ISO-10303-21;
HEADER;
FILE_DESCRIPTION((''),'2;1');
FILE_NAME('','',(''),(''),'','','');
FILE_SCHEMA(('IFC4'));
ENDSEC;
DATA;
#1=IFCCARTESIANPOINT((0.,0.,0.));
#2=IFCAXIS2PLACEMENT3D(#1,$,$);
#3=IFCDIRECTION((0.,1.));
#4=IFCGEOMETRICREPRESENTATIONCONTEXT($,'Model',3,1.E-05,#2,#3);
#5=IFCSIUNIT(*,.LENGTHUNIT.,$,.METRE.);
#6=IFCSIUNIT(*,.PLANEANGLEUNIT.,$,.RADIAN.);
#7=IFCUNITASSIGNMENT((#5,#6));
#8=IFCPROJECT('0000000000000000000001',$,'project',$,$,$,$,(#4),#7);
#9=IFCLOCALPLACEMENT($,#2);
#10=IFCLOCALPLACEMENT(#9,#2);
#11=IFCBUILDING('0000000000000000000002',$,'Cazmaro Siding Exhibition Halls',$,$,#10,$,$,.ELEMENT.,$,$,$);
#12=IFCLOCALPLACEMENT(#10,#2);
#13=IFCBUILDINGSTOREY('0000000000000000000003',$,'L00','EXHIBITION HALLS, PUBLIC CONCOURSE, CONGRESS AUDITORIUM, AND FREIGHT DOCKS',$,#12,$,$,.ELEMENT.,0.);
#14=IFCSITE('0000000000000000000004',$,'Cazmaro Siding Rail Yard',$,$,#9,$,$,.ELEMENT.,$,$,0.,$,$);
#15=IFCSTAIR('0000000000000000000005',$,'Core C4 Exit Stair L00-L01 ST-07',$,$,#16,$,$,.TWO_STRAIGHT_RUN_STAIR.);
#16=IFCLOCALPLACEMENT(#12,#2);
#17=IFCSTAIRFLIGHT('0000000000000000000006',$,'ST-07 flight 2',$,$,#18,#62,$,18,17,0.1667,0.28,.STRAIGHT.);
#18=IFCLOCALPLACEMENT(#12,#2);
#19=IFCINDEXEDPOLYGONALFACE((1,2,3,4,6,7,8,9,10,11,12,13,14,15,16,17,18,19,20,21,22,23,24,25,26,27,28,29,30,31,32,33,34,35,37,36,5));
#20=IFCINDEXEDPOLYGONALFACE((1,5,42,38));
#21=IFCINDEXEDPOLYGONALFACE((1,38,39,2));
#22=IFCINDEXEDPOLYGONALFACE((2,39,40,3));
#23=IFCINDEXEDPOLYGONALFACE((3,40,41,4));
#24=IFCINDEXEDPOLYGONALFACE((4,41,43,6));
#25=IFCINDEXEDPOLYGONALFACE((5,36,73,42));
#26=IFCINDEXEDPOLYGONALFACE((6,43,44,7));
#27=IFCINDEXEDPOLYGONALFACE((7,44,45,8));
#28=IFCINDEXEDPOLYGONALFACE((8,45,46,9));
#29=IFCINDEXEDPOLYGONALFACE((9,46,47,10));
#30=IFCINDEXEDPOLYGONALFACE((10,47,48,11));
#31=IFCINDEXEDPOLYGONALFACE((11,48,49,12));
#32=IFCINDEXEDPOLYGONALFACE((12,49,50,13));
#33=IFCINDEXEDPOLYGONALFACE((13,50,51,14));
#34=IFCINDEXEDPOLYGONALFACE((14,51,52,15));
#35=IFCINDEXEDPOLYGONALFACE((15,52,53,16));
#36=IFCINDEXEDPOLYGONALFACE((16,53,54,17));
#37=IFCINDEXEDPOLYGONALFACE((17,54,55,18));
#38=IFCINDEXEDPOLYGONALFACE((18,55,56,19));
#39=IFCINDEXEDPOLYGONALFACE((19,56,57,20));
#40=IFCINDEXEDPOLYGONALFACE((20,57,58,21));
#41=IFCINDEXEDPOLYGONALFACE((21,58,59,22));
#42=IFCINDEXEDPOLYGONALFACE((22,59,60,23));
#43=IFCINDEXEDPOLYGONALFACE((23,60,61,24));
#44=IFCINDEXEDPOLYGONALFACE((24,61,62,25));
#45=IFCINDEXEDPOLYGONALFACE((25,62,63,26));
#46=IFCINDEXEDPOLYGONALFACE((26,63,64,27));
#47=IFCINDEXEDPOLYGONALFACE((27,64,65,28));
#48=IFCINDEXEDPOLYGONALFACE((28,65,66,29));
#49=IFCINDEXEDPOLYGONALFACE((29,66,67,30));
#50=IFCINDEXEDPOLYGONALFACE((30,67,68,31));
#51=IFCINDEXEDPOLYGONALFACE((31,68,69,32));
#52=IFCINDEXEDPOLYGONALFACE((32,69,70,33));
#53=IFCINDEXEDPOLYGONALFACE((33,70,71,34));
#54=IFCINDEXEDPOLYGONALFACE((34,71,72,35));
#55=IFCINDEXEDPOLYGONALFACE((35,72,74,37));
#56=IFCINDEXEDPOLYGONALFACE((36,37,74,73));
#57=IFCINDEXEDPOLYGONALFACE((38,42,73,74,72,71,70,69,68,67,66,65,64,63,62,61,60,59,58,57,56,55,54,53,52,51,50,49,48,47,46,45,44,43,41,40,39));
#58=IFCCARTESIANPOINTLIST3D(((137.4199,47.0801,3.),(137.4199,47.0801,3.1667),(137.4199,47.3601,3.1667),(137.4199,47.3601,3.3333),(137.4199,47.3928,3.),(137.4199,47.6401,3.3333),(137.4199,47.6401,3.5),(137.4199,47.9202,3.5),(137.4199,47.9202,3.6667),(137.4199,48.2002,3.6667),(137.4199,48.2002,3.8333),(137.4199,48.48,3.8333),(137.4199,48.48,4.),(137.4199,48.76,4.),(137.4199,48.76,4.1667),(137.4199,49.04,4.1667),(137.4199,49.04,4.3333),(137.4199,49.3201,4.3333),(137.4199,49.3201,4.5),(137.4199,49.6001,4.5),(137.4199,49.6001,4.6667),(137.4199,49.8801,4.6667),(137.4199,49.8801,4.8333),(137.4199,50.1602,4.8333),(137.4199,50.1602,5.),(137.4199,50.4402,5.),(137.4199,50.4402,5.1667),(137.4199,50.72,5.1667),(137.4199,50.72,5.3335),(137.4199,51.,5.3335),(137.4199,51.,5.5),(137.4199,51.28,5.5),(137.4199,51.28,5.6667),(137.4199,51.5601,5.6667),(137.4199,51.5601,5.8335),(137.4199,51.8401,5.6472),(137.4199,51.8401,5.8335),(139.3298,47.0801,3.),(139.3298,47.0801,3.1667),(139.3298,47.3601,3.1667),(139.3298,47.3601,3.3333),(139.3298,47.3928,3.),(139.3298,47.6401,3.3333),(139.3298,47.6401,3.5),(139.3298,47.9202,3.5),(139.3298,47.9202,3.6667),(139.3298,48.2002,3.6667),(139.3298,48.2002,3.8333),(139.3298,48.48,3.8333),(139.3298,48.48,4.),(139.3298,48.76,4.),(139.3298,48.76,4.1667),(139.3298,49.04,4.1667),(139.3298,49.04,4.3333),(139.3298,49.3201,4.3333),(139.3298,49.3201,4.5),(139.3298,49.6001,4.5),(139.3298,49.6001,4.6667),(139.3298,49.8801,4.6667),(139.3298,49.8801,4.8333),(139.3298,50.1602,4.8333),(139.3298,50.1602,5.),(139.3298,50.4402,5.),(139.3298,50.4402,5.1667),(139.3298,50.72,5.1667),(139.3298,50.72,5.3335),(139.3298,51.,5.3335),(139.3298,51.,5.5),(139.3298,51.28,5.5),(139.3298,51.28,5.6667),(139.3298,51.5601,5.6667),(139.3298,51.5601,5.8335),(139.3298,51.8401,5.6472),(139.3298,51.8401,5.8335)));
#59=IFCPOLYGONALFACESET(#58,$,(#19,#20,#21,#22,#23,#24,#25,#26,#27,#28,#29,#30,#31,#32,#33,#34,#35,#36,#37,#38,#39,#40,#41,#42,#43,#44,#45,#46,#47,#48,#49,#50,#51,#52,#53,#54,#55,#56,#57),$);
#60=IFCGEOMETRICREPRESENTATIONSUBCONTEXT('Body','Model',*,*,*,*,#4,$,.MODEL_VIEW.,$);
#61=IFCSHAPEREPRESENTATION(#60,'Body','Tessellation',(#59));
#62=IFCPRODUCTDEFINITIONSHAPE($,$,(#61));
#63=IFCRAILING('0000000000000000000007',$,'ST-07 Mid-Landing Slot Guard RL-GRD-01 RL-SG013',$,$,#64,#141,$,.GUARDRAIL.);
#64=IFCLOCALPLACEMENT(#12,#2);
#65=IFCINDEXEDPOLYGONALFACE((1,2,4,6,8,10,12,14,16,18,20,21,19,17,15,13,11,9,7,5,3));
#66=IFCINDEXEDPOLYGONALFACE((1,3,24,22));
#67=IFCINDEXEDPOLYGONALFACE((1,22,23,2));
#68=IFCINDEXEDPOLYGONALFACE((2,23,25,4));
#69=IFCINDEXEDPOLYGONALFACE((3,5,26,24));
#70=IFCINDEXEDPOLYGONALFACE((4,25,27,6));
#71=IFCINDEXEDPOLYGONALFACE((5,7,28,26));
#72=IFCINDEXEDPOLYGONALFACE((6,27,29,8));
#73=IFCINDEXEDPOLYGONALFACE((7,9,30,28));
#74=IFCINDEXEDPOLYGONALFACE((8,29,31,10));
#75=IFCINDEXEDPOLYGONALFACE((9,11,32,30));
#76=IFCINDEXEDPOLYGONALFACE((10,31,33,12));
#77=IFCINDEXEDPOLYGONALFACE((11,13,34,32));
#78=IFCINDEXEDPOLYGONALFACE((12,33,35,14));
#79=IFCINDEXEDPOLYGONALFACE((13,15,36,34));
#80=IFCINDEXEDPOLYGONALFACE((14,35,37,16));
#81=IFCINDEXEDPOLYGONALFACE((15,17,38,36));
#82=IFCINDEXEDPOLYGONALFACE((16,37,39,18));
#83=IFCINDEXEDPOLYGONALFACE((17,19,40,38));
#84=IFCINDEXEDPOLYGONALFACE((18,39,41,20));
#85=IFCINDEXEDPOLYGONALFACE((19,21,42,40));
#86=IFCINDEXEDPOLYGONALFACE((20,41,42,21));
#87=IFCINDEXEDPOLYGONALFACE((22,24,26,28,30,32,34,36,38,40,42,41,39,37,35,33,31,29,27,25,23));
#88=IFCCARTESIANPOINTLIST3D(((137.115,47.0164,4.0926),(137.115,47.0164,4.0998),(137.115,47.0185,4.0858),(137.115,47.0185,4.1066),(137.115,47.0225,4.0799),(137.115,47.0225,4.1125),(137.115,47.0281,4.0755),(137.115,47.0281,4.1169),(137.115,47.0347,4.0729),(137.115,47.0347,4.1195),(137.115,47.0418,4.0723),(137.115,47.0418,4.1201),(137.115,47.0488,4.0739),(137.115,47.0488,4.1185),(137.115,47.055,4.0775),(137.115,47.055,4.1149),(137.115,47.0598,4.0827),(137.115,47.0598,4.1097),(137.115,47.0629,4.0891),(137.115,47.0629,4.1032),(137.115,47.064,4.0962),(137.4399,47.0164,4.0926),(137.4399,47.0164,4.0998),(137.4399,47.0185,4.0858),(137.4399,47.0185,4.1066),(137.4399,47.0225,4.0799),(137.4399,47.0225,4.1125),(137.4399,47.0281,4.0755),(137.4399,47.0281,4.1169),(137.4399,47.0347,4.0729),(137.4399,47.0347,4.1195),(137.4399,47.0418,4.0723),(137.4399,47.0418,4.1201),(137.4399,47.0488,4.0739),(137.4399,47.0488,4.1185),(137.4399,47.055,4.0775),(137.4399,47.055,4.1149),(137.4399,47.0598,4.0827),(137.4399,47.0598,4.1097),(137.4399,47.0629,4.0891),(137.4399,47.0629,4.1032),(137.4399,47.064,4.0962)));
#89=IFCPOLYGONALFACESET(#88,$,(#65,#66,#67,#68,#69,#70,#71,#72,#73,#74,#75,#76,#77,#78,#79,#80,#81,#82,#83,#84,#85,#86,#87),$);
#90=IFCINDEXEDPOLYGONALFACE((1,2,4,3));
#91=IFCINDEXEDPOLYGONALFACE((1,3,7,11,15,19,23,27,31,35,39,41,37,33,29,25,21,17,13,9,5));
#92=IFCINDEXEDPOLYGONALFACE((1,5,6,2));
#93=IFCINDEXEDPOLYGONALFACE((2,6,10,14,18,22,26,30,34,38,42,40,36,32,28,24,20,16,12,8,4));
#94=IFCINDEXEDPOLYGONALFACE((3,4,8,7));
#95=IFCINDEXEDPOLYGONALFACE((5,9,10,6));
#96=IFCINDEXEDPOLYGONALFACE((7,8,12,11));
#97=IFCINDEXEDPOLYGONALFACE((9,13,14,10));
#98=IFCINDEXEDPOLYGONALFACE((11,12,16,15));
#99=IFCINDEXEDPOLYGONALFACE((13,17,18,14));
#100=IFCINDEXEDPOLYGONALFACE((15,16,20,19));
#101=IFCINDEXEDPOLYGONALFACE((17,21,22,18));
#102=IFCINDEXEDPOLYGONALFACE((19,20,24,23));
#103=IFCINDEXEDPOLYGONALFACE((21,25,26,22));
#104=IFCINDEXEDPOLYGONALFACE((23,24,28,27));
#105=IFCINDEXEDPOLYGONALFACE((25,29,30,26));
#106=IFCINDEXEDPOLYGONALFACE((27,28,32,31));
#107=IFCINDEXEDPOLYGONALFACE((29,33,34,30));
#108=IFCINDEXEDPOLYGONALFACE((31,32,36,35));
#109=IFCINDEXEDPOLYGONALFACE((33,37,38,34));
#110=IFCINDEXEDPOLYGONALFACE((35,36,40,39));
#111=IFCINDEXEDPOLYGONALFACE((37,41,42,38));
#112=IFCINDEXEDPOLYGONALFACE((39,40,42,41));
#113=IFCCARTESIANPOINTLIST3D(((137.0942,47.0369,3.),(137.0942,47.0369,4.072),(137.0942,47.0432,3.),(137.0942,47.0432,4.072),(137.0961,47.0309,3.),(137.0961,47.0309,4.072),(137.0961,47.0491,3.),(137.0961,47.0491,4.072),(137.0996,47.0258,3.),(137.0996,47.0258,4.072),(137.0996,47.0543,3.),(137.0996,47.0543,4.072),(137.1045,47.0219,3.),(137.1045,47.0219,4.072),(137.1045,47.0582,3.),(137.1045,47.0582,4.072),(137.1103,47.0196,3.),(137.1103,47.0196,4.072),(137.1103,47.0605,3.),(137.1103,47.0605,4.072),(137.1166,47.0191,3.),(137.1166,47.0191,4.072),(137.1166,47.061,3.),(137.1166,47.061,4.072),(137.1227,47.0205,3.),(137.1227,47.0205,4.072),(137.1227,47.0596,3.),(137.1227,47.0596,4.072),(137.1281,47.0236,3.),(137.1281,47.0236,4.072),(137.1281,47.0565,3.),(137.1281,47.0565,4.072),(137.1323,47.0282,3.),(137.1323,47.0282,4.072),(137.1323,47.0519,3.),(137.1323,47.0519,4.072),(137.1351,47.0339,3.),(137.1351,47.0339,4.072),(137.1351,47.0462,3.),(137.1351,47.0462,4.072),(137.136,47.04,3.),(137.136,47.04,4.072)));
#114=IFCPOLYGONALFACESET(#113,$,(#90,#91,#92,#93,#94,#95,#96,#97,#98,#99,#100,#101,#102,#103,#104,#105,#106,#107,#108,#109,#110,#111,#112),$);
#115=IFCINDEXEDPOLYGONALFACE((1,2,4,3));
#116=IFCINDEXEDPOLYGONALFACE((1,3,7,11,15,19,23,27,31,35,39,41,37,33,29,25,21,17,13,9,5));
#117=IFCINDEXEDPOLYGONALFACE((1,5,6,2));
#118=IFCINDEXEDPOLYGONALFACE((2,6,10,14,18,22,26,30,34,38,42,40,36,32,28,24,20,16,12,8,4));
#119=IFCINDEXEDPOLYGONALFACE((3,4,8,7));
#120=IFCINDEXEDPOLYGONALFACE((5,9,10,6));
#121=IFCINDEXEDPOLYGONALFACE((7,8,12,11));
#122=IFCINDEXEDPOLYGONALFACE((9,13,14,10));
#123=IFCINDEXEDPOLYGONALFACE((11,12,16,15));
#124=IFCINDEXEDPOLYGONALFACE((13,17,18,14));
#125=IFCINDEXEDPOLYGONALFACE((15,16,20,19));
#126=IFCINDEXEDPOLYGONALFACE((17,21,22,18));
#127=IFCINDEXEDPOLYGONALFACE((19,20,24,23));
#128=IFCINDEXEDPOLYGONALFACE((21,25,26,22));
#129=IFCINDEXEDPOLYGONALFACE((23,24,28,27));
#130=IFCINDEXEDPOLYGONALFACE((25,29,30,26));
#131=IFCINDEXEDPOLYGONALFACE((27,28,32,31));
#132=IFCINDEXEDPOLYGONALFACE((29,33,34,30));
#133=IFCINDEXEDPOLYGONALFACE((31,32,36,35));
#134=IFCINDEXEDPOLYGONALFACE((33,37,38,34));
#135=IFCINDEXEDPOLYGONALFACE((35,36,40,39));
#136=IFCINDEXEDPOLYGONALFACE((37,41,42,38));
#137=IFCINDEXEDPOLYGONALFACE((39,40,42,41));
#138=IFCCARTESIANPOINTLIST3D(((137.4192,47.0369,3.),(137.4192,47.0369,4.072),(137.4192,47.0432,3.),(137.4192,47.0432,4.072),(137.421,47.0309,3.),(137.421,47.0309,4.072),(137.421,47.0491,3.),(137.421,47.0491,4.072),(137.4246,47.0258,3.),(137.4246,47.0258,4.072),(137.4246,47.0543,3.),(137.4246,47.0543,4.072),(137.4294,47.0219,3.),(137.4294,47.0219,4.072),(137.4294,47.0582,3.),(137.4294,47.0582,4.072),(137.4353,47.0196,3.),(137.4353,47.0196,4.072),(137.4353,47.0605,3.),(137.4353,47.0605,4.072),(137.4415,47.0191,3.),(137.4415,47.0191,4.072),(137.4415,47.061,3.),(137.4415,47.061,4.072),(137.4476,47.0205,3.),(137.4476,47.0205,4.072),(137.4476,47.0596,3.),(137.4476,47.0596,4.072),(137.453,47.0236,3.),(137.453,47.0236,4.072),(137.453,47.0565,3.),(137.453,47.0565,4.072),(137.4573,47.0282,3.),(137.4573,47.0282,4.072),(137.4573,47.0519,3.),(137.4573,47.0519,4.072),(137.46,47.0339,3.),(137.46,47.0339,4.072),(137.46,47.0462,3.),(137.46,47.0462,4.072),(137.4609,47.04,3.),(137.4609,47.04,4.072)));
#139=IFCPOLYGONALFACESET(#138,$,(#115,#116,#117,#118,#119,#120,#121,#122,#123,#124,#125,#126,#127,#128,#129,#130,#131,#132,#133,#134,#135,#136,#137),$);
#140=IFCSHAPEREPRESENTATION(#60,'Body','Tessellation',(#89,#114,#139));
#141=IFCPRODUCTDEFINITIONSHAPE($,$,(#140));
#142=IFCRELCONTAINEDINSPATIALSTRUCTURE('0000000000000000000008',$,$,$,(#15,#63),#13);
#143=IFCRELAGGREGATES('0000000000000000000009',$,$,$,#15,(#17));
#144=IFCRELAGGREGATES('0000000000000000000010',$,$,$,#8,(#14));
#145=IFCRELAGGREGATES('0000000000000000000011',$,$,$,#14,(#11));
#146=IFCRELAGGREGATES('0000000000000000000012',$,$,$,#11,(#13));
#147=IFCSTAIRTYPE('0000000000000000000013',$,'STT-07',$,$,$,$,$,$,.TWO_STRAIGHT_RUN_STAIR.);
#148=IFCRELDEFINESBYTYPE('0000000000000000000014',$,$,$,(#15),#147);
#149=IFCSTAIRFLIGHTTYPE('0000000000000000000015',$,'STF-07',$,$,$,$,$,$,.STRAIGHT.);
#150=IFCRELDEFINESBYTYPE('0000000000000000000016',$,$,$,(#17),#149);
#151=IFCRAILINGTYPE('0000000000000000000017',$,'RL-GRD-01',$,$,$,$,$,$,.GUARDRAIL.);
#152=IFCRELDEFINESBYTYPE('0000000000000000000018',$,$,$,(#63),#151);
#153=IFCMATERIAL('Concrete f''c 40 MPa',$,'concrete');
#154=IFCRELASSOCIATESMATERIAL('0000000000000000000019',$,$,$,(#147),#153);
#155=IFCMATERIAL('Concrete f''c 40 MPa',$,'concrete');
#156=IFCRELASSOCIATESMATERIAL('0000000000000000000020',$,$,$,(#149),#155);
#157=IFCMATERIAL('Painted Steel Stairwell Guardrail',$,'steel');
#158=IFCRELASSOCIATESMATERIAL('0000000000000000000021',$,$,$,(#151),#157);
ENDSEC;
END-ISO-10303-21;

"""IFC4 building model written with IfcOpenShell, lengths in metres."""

from ifc_helpers import new_model, si_unit, direction, frame, origin, origin_2d, place, context, subcontext, project, spatial, polyline, circle, outline, extrude, material, type_object, element, aggregate, save


model = new_model("IFC4")

# Units and contexts
model_context = context("Model", 3, precision=1e-05, world=origin(), true_north=direction((0.0, 1.0)))
body_context = subcontext(model_context, "Body", "Model", "MODEL_VIEW")
ifc_project = project(units=[si_unit("LENGTHUNIT", "METRE"), si_unit("PLANEANGLEUNIT", "RADIAN")], contexts=[model_context])

# Site, building, storey
site_placement = place(None, origin())
site = spatial("IfcSite", under=ifc_project, at=site_placement, Name="Cazmaro Siding Rail Yard", CompositionType="ELEMENT", RefElevation=0.0)
building_placement = place(site_placement, origin())
building = spatial("IfcBuilding", under=site, at=building_placement, Name="Cazmaro Siding Exhibition Halls", CompositionType="ELEMENT")
storey_placement = place(building_placement, origin())
storey = spatial("IfcBuildingStorey", under=building, at=storey_placement, Name="L00", Description="EXHIBITION HALLS, PUBLIC CONCOURSE, CONGRESS AUDITORIUM, AND FREIGHT DOCKS", CompositionType="ELEMENT", Elevation=0.0)

# Stair, stair flight
ifc_material_1 = material(Name="Concrete f'c 40 MPa", Category="concrete")
stair_type = type_object("IfcStairType", Name="STT-07", PredefinedType="TWO_STRAIGHT_RUN_STAIR", material=ifc_material_1)
stair_placement = place(storey_placement, origin())
stair = element("IfcStair", 1, at=stair_placement, inside=storey, type_object=stair_type, Name="Core C4 Exit Stair L00-L01 ST-07", PredefinedType="TWO_STRAIGHT_RUN_STAIR")
ifc_material_2 = material(Name="Concrete f'c 40 MPa", Category="concrete")
stair_flight_type = type_object("IfcStairFlightType", Name="STF-07", PredefinedType="STRAIGHT", material=ifc_material_2)
stair_flight_placement = place(storey_placement, frame((138.375, 47.0801, 3.0), z_axis=(0.0, 0.0, 1.0), x_axis=(0.0, 1.0, 0.0)))
stair_flight = element("IfcStairFlight", 2, at=stair_flight_placement, type_object=stair_flight_type, Name="ST-07 flight 2", NumberOfRisers=18, NumberOfTreads=17, PredefinedType="STRAIGHT", RiserHeight=0.1667, TreadLength=0.28, context=body_context, shape_type="SweptSolid", body=[
    extrude(outline(polyline([(0.0, 0.0), (0.0, 0.1667), (0.28, 0.1667), (0.28, 0.3333), (0.5601, 0.3333), (0.5601, 0.5), (0.8401, 0.5), (0.8401, 0.6667), (1.1201, 0.6667), (1.1201, 0.8333), (1.3999, 0.8333), (1.3999, 1.0), (1.6799, 1.0), (1.6799, 1.1667), (1.96, 1.1667), (1.96, 1.3333), (2.24, 1.3333), (2.24, 1.5), (2.52, 1.5), (2.52, 1.6667), (2.8, 1.6667), (2.8, 1.8333), (3.0801, 1.8333), (3.0801, 2.0), (3.3601, 2.0), (3.3601, 2.1667), (3.6399, 2.1667), (3.6399, 2.3335), (3.9199, 2.3335), (3.9199, 2.5), (4.2, 2.5), (4.2, 2.6667), (4.48, 2.6667), (4.48, 2.8335), (4.76, 2.8335), (4.76, 3.0), (4.76, 2.6472), (0.3127, 0.0), (0.0, 0.0)])), frame((0.0, 0.9551, 0.0), z_axis=(0.0, -1.0, 0.0), x_axis=(1.0, 0.0, 0.0)), (0.0, 0.0, 1.0), 1.9099),
])
aggregate(stair, [stair_flight])

# Railing
ifc_material_3 = material(Name="Painted Steel Stairwell Guardrail", Category="steel")
railing_type_1 = type_object("IfcRailingType", Name="RL-GRD-01", PredefinedType="GUARDRAIL", material=ifc_material_3)
railing_placement = place(storey_placement, frame((137.115, 47.04, 3.0)))
element("IfcRailing", 3, at=railing_placement, inside=storey, type_object=railing_type_1, Name="ST-07 Mid-Landing Slot Guard RL-GRD-01 RL-SG013", PredefinedType="GUARDRAIL", context=body_context, shape_type="SweptSolid", body=[
    extrude(circle(Radius=0.0239, at=origin_2d()), frame((0.0, 0.0, 1.0962), z_axis=(1.0, 0.0, 0.0), x_axis=(0.0, 1.0, 0.0)), (0.0, 0.0, 1.0), 0.325),
    extrude(circle(Radius=0.021, at=origin_2d()), origin(), (0.0, 0.0, 1.0), 1.072),
    extrude(circle(Radius=0.021, at=origin_2d()), frame((0.325, 0.0, 0.0)), (0.0, 0.0, 1.0), 1.072),
])

save(model, "model.ifc")
